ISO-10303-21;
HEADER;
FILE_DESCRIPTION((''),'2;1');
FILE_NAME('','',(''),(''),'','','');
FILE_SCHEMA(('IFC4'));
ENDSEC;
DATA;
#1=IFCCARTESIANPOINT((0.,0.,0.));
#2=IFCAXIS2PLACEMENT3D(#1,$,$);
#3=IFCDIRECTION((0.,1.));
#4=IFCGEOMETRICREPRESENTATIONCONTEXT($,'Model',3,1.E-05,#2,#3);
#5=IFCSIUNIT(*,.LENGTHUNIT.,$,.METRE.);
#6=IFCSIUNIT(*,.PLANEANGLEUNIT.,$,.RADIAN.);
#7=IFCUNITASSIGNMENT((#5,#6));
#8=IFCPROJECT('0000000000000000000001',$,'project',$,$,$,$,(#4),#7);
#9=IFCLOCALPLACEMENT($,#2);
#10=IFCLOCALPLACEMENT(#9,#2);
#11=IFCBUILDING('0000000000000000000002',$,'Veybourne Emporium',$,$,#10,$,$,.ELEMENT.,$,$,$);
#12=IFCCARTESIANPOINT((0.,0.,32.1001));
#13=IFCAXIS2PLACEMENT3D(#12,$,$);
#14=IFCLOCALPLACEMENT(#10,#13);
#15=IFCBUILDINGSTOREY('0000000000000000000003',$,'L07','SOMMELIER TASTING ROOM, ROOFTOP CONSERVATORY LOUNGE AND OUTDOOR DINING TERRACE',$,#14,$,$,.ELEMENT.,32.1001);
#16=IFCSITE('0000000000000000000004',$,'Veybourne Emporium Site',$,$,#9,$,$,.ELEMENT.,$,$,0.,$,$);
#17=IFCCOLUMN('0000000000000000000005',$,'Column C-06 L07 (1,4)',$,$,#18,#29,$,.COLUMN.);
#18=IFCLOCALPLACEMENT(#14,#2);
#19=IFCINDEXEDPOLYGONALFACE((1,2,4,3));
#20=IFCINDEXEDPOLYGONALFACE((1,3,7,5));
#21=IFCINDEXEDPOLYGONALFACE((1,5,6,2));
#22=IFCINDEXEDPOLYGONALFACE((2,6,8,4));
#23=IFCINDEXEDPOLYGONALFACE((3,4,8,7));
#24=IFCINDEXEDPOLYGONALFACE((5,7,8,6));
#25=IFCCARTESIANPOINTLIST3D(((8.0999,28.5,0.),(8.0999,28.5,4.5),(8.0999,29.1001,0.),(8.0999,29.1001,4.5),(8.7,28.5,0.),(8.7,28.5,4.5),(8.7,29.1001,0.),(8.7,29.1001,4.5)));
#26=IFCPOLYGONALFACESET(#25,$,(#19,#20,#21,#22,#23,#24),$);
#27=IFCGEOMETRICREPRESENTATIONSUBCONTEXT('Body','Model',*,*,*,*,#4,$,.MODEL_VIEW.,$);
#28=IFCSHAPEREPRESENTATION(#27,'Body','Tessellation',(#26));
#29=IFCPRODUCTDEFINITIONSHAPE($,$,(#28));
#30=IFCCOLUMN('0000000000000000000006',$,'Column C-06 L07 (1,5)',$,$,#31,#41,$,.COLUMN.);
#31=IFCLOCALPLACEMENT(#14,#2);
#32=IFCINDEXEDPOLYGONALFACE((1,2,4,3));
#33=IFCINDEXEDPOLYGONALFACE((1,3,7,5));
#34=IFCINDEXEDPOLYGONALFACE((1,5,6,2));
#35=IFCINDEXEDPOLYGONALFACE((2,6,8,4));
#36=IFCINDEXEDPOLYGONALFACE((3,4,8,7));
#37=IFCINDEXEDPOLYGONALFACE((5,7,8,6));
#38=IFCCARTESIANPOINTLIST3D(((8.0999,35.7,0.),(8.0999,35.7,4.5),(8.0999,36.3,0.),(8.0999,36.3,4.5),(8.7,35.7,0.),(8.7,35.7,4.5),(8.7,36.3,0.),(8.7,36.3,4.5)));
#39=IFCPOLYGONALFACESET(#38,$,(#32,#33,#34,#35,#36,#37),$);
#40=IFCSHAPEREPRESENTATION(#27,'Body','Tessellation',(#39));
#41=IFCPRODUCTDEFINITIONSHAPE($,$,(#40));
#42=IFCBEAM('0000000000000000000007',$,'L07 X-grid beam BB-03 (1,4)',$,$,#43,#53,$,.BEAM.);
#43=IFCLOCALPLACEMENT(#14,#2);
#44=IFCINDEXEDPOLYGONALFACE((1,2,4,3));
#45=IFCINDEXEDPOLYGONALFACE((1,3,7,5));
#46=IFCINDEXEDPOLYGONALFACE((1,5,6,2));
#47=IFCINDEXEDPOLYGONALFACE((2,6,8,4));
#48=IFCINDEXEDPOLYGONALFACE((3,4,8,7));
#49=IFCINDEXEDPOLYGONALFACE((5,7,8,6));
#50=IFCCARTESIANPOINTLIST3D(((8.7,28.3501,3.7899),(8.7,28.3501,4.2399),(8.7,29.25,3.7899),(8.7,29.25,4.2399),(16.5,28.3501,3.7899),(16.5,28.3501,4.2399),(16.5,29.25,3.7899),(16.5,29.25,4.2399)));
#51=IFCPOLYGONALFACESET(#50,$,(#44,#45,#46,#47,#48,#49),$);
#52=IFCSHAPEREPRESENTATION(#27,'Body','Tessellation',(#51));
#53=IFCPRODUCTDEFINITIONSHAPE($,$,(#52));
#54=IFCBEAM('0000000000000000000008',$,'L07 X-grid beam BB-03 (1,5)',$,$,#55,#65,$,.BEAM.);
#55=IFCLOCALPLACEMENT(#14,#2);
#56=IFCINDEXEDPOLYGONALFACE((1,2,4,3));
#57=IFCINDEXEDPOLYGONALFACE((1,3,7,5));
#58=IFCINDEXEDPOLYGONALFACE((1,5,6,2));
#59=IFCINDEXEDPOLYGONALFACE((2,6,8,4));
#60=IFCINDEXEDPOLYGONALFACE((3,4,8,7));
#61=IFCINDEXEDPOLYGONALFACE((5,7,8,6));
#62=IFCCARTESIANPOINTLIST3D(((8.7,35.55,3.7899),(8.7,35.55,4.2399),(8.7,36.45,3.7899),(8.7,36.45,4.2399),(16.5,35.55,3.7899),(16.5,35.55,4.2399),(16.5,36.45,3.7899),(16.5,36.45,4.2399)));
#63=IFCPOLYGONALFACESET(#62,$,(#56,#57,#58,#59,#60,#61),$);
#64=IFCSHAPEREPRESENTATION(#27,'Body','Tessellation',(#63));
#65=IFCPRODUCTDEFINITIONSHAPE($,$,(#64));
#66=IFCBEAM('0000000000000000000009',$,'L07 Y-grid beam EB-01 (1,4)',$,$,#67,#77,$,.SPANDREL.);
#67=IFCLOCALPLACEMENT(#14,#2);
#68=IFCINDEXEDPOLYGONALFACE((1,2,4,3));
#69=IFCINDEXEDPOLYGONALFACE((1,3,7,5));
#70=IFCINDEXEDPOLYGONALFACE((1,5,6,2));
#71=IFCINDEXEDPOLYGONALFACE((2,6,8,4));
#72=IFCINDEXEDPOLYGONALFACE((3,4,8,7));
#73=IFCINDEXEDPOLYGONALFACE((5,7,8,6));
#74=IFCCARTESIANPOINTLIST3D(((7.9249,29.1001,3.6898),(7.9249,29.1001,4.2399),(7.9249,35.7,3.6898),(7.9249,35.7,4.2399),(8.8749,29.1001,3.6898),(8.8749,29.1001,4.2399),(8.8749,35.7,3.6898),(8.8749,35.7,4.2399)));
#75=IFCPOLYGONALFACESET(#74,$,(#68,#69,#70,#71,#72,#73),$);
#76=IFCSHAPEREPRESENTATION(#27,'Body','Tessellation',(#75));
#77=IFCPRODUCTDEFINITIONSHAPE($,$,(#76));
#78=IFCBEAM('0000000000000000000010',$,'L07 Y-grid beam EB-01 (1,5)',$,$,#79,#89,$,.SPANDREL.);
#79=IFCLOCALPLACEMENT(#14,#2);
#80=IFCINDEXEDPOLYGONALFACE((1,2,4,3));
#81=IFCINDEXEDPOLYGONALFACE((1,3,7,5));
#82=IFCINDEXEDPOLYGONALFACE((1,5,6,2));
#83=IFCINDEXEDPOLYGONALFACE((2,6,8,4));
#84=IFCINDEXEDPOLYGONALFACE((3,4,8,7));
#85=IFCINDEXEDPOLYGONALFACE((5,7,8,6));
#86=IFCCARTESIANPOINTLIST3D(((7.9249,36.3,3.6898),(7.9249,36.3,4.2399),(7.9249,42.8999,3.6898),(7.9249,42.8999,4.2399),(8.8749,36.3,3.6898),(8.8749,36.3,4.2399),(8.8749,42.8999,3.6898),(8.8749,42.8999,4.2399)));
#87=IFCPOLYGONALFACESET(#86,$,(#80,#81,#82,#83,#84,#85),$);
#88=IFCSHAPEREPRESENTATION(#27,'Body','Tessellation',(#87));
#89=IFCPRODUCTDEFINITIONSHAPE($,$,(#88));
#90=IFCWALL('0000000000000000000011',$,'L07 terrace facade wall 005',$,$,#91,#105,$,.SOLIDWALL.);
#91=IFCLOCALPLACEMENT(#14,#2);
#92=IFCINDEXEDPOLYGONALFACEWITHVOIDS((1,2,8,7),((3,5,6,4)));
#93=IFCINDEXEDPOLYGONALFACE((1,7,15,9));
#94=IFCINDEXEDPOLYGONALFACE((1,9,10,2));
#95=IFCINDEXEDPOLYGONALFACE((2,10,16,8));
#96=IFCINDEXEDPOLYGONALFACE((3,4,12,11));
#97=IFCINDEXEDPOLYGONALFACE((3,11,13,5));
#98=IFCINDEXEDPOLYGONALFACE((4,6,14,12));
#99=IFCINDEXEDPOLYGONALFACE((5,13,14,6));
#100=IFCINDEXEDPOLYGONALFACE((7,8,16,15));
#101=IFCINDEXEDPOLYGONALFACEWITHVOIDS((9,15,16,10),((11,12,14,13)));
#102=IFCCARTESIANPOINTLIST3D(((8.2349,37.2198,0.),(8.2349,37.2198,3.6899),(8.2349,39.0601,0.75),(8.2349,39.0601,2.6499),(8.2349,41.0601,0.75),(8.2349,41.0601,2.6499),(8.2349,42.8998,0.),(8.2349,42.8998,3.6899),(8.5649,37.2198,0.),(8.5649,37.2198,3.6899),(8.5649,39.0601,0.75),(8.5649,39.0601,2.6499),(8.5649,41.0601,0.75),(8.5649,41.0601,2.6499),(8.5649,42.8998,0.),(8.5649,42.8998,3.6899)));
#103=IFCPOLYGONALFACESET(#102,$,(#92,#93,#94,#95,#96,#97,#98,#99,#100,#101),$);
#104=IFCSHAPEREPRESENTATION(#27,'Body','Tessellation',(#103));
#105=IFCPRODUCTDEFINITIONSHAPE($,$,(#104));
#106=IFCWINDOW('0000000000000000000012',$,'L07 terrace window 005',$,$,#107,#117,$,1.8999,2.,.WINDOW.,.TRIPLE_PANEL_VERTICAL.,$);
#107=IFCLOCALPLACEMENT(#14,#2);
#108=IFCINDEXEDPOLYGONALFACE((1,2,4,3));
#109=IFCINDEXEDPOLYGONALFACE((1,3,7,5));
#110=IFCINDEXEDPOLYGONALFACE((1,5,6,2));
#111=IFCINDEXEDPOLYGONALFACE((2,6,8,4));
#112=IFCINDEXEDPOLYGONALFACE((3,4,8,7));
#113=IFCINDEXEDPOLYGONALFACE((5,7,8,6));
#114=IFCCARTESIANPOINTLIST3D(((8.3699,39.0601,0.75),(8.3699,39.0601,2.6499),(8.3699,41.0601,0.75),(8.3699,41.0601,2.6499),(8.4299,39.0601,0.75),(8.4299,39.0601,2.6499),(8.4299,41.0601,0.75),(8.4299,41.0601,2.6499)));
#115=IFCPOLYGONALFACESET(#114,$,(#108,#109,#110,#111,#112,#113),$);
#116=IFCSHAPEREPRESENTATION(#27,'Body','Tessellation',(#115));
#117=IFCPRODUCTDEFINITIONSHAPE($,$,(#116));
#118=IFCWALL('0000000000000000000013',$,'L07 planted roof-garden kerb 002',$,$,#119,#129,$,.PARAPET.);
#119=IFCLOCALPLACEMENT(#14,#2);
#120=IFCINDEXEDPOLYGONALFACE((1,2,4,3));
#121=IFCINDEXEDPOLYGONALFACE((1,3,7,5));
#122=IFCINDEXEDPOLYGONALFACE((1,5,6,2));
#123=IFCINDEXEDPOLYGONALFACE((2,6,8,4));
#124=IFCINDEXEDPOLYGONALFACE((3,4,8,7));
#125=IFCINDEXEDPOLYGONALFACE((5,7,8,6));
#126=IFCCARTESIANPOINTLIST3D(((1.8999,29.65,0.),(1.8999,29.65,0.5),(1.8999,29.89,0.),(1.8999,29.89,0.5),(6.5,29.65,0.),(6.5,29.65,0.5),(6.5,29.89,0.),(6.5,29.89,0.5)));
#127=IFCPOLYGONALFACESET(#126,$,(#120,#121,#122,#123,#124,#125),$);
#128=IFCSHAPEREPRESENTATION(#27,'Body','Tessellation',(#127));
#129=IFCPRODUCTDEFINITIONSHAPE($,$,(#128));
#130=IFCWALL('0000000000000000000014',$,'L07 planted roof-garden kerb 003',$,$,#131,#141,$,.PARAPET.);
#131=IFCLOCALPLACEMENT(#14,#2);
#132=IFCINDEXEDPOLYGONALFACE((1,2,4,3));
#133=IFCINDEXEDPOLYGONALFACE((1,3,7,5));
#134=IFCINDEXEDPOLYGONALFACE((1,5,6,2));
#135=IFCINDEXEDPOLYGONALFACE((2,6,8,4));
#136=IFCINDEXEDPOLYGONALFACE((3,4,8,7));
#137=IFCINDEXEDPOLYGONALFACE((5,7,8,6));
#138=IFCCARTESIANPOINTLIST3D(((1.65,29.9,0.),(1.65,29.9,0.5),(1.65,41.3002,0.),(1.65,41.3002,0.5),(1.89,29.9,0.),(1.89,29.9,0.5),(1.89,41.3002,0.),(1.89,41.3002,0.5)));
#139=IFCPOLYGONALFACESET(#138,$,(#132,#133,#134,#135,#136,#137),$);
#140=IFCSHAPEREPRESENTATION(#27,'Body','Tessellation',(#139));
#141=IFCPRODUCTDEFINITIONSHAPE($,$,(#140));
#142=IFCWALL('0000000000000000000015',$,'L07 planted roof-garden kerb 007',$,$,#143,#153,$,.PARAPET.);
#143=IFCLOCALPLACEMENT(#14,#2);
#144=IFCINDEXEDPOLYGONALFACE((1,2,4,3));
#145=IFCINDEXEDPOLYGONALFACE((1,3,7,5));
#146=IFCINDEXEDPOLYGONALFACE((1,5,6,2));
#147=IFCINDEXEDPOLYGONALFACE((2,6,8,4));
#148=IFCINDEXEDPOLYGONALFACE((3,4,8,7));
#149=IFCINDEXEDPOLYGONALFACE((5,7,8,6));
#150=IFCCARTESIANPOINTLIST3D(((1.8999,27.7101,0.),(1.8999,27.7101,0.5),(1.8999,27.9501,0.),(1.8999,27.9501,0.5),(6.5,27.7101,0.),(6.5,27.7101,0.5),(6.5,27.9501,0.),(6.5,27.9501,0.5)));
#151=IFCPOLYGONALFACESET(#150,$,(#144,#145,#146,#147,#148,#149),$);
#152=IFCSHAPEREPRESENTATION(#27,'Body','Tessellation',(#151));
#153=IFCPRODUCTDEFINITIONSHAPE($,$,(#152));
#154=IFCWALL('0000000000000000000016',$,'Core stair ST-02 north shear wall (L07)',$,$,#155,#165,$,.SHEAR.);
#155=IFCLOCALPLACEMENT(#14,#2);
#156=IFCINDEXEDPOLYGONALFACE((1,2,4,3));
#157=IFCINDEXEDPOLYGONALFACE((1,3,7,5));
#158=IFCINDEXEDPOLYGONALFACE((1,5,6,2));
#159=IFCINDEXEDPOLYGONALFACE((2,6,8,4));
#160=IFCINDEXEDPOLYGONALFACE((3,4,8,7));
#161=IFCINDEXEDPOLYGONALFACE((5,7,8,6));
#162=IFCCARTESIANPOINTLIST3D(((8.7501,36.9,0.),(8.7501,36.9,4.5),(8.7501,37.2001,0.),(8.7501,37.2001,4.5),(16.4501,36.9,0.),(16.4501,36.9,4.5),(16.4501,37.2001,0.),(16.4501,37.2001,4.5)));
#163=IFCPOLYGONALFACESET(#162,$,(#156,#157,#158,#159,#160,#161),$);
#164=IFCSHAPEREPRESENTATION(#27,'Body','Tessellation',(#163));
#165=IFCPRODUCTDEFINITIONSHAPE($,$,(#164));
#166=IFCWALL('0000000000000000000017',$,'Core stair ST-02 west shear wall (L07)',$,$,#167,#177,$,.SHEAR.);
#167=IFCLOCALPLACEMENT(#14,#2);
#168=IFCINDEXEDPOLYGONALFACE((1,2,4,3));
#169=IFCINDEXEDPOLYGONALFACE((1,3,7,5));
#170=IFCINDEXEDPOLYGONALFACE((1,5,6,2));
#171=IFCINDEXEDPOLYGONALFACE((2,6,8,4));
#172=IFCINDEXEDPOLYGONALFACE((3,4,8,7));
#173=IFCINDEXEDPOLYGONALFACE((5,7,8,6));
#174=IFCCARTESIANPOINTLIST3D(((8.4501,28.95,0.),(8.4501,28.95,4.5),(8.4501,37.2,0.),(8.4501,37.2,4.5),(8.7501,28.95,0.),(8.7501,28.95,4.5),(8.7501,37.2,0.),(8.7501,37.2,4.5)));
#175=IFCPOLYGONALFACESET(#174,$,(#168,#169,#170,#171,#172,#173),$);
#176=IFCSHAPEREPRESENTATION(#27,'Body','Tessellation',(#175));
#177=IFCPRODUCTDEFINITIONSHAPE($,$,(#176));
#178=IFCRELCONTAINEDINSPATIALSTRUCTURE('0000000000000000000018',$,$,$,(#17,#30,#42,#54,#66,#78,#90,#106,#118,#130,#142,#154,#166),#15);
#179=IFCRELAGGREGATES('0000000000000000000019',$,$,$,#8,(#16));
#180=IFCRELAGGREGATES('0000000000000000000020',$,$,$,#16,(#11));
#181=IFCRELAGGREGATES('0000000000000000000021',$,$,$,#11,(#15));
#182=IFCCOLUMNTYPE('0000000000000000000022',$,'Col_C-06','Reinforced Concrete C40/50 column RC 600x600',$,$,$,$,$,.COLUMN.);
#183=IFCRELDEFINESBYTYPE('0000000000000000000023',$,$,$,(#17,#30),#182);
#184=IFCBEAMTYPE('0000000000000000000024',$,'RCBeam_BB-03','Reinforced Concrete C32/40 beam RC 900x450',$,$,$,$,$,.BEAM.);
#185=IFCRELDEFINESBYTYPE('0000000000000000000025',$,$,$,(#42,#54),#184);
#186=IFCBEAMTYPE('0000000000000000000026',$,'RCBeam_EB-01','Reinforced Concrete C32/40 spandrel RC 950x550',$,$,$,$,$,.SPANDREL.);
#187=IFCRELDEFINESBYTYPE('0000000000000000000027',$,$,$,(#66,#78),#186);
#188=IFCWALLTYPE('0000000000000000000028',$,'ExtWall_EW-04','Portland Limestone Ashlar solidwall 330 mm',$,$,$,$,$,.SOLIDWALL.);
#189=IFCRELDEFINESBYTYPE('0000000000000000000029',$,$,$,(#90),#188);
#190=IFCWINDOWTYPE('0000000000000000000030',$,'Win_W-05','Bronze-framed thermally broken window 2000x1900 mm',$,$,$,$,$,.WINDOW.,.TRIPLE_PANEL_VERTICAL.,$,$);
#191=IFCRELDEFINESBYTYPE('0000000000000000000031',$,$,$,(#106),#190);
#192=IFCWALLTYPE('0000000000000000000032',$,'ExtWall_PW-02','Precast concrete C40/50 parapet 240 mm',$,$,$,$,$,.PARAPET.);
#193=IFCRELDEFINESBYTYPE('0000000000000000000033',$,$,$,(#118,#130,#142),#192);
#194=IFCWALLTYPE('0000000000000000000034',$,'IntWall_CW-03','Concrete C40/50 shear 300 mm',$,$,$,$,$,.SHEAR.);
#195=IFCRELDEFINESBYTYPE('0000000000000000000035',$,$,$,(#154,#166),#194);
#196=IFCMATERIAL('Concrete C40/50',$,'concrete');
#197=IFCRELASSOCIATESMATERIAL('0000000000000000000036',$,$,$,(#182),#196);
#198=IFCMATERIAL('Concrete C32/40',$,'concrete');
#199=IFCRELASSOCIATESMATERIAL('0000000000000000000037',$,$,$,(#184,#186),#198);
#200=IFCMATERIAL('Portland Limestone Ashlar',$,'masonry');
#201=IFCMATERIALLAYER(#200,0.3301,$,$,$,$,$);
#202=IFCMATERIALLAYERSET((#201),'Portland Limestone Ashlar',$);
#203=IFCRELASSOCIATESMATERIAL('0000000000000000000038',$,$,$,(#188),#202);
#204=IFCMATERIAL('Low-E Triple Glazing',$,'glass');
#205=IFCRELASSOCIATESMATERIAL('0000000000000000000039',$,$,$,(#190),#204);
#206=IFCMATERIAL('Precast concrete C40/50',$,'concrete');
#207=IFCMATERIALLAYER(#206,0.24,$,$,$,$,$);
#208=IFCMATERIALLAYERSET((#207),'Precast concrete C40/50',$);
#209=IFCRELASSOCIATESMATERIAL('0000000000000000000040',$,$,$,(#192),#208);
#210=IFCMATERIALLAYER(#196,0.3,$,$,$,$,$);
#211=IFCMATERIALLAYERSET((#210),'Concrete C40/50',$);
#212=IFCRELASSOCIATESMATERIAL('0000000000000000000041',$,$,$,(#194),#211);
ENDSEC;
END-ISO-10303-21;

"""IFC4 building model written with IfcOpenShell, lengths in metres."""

from ifc_helpers import new_model, si_unit, direction, frame, frame_2d, origin, origin_2d, place, context, subcontext, project, spatial, rectangle, extrude, material, layer, layer_set, material_profile, profile_set, type_object, element, fill, save


model = new_model("IFC4")

# Units and contexts
model_context = context("Model", 3, precision=1e-05, world=origin(), true_north=direction((0.0, 1.0)))
body_context = subcontext(model_context, "Body", "Model", "MODEL_VIEW")
ifc_project = project(units=[si_unit("LENGTHUNIT", "METRE"), si_unit("PLANEANGLEUNIT", "RADIAN")], contexts=[model_context])

# Site, building, storey
site_placement = place(None, origin())
site = spatial("IfcSite", under=ifc_project, at=site_placement, Name="Veybourne Emporium Site", CompositionType="ELEMENT", RefElevation=0.0)
building_placement = place(site_placement, origin())
building = spatial("IfcBuilding", under=site, at=building_placement, Name="Veybourne Emporium", CompositionType="ELEMENT")
storey_placement = place(building_placement, frame((0.0, 0.0, 32.1001)))
storey = spatial("IfcBuildingStorey", under=building, at=storey_placement, Name="L07", Description="SOMMELIER TASTING ROOM, ROOFTOP CONSERVATORY LOUNGE AND OUTDOOR DINING TERRACE", CompositionType="ELEMENT", Elevation=32.1001)

# Columns
ifc_material_1 = material(Name="Concrete C40/50", Category="concrete")
ifc_material_profile_1 = material_profile(ifc_material_1, rectangle(XDim=0.6001, YDim=0.6001, at=origin_2d()), Name="RC 600x600")
ifc_profile_set_1 = profile_set([ifc_material_profile_1], Name="Concrete C40/50")
column_type = type_object("IfcColumnType", Name="Col_C-06", Description="Reinforced Concrete C40/50 column RC 600x600", PredefinedType="COLUMN", material=ifc_profile_set_1)
for number, where, z_axis, x_axis, name in (
    (1, (8.3999, 28.8, 0.0), (0.0, 0.0, 1.0), (1.0, 0.0, 0.0), "Column C-06 L07 (1,4)"),
    (2, (8.3999, 36.0, 0.0), (0.0, 0.0, 1.0), (1.0, 0.0, 0.0), "Column C-06 L07 (1,5)"),
):
    element("IfcColumn", number, at=place(storey_placement, frame(where, z_axis=z_axis, x_axis=x_axis)), inside=storey, type_object=column_type, Name=name, PredefinedType="COLUMN", context=body_context, shape_type="SweptSolid", body=[
        extrude(rectangle(XDim=0.6001, YDim=0.6001, at=origin_2d()), origin(), (0.0, 0.0, 1.0), 4.5),
    ])

# Beams
ifc_material_2 = material(Name="Concrete C32/40", Category="concrete")
ifc_material_profile_2 = material_profile(ifc_material_2, rectangle(XDim=0.8999, YDim=0.45, at=origin_2d()), Name="RC 900x450")
ifc_profile_set_2 = profile_set([ifc_material_profile_2], Name="Concrete C32/40")
beam_type_1 = type_object("IfcBeamType", Name="RCBeam_BB-03", Description="Reinforced Concrete C32/40 beam RC 900x450", PredefinedType="BEAM", material=ifc_profile_set_2)
for number, where, z_axis, x_axis, name in (
    (3, (8.7, 28.8, 4.0149), (1.0, 0.0, 0.0), (0.0, 1.0, 0.0), "L07 X-grid beam BB-03 (1,4)"),
    (4, (8.7, 36.0, 4.0149), (1.0, 0.0, 0.0), (0.0, 1.0, 0.0), "L07 X-grid beam BB-03 (1,5)"),
):
    element("IfcBeam", number, at=place(storey_placement, frame(where, z_axis=z_axis, x_axis=x_axis)), inside=storey, type_object=beam_type_1, Name=name, PredefinedType="BEAM", context=body_context, shape_type="SweptSolid", body=[
        extrude(rectangle(XDim=0.8999, YDim=0.45, at=origin_2d()), origin(), (0.0, 0.0, 1.0), 7.8),
    ])
ifc_material_profile_3 = material_profile(ifc_material_2, rectangle(XDim=0.95, YDim=0.55, at=origin_2d()), Name="RC 950x550")
ifc_profile_set_3 = profile_set([ifc_material_profile_3], Name="Concrete C32/40")
beam_type_2 = type_object("IfcBeamType", Name="RCBeam_EB-01", Description="Reinforced Concrete C32/40 spandrel RC 950x550", PredefinedType="SPANDREL", material=ifc_profile_set_3)
for number, where, z_axis, x_axis, name in (
    (5, (8.3999, 29.1001, 3.9648), (0.0, 1.0, 0.0), (-1.0, 0.0, 0.0), "L07 Y-grid beam EB-01 (1,4)"),
    (6, (8.3999, 36.3, 3.9648), (0.0, 1.0, 0.0), (-1.0, 0.0, 0.0), "L07 Y-grid beam EB-01 (1,5)"),
):
    element("IfcBeam", number, at=place(storey_placement, frame(where, z_axis=z_axis, x_axis=x_axis)), inside=storey, type_object=beam_type_2, Name=name, PredefinedType="SPANDREL", context=body_context, shape_type="SweptSolid", body=[
        extrude(rectangle(XDim=0.95, YDim=0.55, at=origin_2d()), origin(), (0.0, 0.0, 1.0), 6.5999),
    ])

# Wall, opening, window
ifc_material_3 = material(Name="Portland Limestone Ashlar", Category="masonry")
ifc_layer_1 = layer(ifc_material_3, 0.3301)
ifc_layer_set_1 = layer_set([ifc_layer_1], Name="Portland Limestone Ashlar")
wall_type_1 = type_object("IfcWallType", Name="ExtWall_EW-04", Description="Portland Limestone Ashlar solidwall 330 mm", PredefinedType="SOLIDWALL", material=ifc_layer_set_1)
wall_1_placement = place(storey_placement, frame((8.3999, 37.22, 0.0), z_axis=(0.0, 0.0, 1.0), x_axis=(0.0, 1.0, 0.0)))
wall_1 = element("IfcWall", 7, at=wall_1_placement, inside=storey, type_object=wall_type_1, Name="L07 terrace facade wall 005", PredefinedType="SOLIDWALL", context=body_context, shape_type="SweptSolid", body=[
    extrude(rectangle(XDim=5.6799, YDim=0.3301, at=frame_2d((2.8398, 0.0))), origin(), (0.0, 0.0, 1.0), 3.6899),
])
opening_1_placement = place(wall_1_placement, frame((1.8401, 0.0, 0.75)))
opening_1 = element("IfcOpeningElement", 8, at=opening_1_placement, cuts=wall_1, PredefinedType="OPENING", context=body_context, shape_type="SweptSolid", body=[
    extrude(rectangle(XDim=2.0, YDim=1.8999, at=frame_2d((1.0, 0.95))), frame((0.0, 0.1851, 0.0), z_axis=(0.0, -1.0, 0.0), x_axis=(1.0, 0.0, 0.0)), (0.0, 0.0, 1.0), 0.3701),
])
ifc_material_4 = material(Name="Low-E Triple Glazing", Category="glass")
window_type = type_object("IfcWindowType", Name="Win_W-05", Description="Bronze-framed thermally broken window 2000x1900 mm", PartitioningType="TRIPLE_PANEL_VERTICAL", PredefinedType="WINDOW", material=ifc_material_4)
window_placement = place(opening_1_placement, origin())
window = element("IfcWindow", 9, at=window_placement, inside=storey, type_object=window_type, Name="L07 terrace window 005", OverallHeight=1.8999, OverallWidth=2.0, PartitioningType="TRIPLE_PANEL_VERTICAL", PredefinedType="WINDOW", context=body_context, shape_type="SweptSolid", body=[
    extrude(rectangle(XDim=2.0, YDim=1.8999, at=frame_2d((1.0, 0.95))), frame((0.0, 0.03, 0.0), z_axis=(0.0, -1.0, 0.0), x_axis=(1.0, 0.0, 0.0)), (0.0, 0.0, 1.0), 0.0601),
])
fill(opening_1, window)

# Walls
ifc_material_5 = material(Name="Precast concrete C40/50", Category="concrete")
ifc_layer_2 = layer(ifc_material_5, 0.24)
ifc_layer_set_2 = layer_set([ifc_layer_2], Name="Precast concrete C40/50")
wall_type_2 = type_object("IfcWallType", Name="ExtWall_PW-02", Description="Precast concrete C40/50 parapet 240 mm", PredefinedType="PARAPET", material=ifc_layer_set_2)
wall_2_placement = place(storey_placement, frame((6.5, 29.77, 0.0), z_axis=(0.0, 0.0, 1.0), x_axis=(-1.0, 0.0, 0.0)))
element("IfcWall", 10, at=wall_2_placement, inside=storey, type_object=wall_type_2, Name="L07 planted roof-garden kerb 002", PredefinedType="PARAPET", context=body_context, shape_type="SweptSolid", body=[
    extrude(rectangle(XDim=4.6001, YDim=0.24, at=frame_2d((2.3, 0.0))), origin(), (0.0, 0.0, 1.0), 0.5),
])
wall_3_placement = place(storey_placement, frame((1.77, 29.8999, 0.0), z_axis=(0.0, 0.0, 1.0), x_axis=(0.0, 1.0, 0.0)))
element("IfcWall", 11, at=wall_3_placement, inside=storey, type_object=wall_type_2, Name="L07 planted roof-garden kerb 003", PredefinedType="PARAPET", context=body_context, shape_type="SweptSolid", body=[
    extrude(rectangle(XDim=11.4001, YDim=0.24, at=frame_2d((5.7002, 0.0))), origin(), (0.0, 0.0, 1.0), 0.5),
])
wall_4_placement = place(storey_placement, frame((1.8999, 27.8301, 0.0), z_axis=(0.0, 0.0, 1.0), x_axis=(1.0, 0.0, 0.0)))
element("IfcWall", 12, at=wall_4_placement, inside=storey, type_object=wall_type_2, Name="L07 planted roof-garden kerb 007", PredefinedType="PARAPET", context=body_context, shape_type="SweptSolid", body=[
    extrude(rectangle(XDim=4.6001, YDim=0.24, at=frame_2d((2.3, 0.0))), origin(), (0.0, 0.0, 1.0), 0.5),
])
ifc_layer_3 = layer(ifc_material_1, 0.3)
ifc_layer_set_3 = layer_set([ifc_layer_3], Name="Concrete C40/50")
wall_type_3 = type_object("IfcWallType", Name="IntWall_CW-03", Description="Concrete C40/50 shear 300 mm", PredefinedType="SHEAR", material=ifc_layer_set_3)
wall_5_placement = place(storey_placement, frame((8.75, 37.05, 0.0), z_axis=(0.0, 0.0, 1.0), x_axis=(1.0, 0.0, 0.0)))
element("IfcWall", 13, at=wall_5_placement, inside=storey, type_object=wall_type_3, Name="Core stair ST-02 north shear wall (L07)", PredefinedType="SHEAR", context=body_context, shape_type="SweptSolid", body=[
    extrude(rectangle(XDim=7.7, YDim=0.3, at=frame_2d((3.8501, 0.0))), origin(), (0.0, 0.0, 1.0), 4.5),
])
wall_6_placement = place(storey_placement, frame((8.6001, 37.2, 0.0), z_axis=(0.0, 0.0, 1.0), x_axis=(0.0, -1.0, 0.0)))
element("IfcWall", 14, at=wall_6_placement, inside=storey, type_object=wall_type_3, Name="Core stair ST-02 west shear wall (L07)", PredefinedType="SHEAR", context=body_context, shape_type="SweptSolid", body=[
    extrude(rectangle(XDim=8.25, YDim=0.3, at=frame_2d((4.125, 0.0))), origin(), (0.0, 0.0, 1.0), 4.5),
])

save(model, "model.ifc")
